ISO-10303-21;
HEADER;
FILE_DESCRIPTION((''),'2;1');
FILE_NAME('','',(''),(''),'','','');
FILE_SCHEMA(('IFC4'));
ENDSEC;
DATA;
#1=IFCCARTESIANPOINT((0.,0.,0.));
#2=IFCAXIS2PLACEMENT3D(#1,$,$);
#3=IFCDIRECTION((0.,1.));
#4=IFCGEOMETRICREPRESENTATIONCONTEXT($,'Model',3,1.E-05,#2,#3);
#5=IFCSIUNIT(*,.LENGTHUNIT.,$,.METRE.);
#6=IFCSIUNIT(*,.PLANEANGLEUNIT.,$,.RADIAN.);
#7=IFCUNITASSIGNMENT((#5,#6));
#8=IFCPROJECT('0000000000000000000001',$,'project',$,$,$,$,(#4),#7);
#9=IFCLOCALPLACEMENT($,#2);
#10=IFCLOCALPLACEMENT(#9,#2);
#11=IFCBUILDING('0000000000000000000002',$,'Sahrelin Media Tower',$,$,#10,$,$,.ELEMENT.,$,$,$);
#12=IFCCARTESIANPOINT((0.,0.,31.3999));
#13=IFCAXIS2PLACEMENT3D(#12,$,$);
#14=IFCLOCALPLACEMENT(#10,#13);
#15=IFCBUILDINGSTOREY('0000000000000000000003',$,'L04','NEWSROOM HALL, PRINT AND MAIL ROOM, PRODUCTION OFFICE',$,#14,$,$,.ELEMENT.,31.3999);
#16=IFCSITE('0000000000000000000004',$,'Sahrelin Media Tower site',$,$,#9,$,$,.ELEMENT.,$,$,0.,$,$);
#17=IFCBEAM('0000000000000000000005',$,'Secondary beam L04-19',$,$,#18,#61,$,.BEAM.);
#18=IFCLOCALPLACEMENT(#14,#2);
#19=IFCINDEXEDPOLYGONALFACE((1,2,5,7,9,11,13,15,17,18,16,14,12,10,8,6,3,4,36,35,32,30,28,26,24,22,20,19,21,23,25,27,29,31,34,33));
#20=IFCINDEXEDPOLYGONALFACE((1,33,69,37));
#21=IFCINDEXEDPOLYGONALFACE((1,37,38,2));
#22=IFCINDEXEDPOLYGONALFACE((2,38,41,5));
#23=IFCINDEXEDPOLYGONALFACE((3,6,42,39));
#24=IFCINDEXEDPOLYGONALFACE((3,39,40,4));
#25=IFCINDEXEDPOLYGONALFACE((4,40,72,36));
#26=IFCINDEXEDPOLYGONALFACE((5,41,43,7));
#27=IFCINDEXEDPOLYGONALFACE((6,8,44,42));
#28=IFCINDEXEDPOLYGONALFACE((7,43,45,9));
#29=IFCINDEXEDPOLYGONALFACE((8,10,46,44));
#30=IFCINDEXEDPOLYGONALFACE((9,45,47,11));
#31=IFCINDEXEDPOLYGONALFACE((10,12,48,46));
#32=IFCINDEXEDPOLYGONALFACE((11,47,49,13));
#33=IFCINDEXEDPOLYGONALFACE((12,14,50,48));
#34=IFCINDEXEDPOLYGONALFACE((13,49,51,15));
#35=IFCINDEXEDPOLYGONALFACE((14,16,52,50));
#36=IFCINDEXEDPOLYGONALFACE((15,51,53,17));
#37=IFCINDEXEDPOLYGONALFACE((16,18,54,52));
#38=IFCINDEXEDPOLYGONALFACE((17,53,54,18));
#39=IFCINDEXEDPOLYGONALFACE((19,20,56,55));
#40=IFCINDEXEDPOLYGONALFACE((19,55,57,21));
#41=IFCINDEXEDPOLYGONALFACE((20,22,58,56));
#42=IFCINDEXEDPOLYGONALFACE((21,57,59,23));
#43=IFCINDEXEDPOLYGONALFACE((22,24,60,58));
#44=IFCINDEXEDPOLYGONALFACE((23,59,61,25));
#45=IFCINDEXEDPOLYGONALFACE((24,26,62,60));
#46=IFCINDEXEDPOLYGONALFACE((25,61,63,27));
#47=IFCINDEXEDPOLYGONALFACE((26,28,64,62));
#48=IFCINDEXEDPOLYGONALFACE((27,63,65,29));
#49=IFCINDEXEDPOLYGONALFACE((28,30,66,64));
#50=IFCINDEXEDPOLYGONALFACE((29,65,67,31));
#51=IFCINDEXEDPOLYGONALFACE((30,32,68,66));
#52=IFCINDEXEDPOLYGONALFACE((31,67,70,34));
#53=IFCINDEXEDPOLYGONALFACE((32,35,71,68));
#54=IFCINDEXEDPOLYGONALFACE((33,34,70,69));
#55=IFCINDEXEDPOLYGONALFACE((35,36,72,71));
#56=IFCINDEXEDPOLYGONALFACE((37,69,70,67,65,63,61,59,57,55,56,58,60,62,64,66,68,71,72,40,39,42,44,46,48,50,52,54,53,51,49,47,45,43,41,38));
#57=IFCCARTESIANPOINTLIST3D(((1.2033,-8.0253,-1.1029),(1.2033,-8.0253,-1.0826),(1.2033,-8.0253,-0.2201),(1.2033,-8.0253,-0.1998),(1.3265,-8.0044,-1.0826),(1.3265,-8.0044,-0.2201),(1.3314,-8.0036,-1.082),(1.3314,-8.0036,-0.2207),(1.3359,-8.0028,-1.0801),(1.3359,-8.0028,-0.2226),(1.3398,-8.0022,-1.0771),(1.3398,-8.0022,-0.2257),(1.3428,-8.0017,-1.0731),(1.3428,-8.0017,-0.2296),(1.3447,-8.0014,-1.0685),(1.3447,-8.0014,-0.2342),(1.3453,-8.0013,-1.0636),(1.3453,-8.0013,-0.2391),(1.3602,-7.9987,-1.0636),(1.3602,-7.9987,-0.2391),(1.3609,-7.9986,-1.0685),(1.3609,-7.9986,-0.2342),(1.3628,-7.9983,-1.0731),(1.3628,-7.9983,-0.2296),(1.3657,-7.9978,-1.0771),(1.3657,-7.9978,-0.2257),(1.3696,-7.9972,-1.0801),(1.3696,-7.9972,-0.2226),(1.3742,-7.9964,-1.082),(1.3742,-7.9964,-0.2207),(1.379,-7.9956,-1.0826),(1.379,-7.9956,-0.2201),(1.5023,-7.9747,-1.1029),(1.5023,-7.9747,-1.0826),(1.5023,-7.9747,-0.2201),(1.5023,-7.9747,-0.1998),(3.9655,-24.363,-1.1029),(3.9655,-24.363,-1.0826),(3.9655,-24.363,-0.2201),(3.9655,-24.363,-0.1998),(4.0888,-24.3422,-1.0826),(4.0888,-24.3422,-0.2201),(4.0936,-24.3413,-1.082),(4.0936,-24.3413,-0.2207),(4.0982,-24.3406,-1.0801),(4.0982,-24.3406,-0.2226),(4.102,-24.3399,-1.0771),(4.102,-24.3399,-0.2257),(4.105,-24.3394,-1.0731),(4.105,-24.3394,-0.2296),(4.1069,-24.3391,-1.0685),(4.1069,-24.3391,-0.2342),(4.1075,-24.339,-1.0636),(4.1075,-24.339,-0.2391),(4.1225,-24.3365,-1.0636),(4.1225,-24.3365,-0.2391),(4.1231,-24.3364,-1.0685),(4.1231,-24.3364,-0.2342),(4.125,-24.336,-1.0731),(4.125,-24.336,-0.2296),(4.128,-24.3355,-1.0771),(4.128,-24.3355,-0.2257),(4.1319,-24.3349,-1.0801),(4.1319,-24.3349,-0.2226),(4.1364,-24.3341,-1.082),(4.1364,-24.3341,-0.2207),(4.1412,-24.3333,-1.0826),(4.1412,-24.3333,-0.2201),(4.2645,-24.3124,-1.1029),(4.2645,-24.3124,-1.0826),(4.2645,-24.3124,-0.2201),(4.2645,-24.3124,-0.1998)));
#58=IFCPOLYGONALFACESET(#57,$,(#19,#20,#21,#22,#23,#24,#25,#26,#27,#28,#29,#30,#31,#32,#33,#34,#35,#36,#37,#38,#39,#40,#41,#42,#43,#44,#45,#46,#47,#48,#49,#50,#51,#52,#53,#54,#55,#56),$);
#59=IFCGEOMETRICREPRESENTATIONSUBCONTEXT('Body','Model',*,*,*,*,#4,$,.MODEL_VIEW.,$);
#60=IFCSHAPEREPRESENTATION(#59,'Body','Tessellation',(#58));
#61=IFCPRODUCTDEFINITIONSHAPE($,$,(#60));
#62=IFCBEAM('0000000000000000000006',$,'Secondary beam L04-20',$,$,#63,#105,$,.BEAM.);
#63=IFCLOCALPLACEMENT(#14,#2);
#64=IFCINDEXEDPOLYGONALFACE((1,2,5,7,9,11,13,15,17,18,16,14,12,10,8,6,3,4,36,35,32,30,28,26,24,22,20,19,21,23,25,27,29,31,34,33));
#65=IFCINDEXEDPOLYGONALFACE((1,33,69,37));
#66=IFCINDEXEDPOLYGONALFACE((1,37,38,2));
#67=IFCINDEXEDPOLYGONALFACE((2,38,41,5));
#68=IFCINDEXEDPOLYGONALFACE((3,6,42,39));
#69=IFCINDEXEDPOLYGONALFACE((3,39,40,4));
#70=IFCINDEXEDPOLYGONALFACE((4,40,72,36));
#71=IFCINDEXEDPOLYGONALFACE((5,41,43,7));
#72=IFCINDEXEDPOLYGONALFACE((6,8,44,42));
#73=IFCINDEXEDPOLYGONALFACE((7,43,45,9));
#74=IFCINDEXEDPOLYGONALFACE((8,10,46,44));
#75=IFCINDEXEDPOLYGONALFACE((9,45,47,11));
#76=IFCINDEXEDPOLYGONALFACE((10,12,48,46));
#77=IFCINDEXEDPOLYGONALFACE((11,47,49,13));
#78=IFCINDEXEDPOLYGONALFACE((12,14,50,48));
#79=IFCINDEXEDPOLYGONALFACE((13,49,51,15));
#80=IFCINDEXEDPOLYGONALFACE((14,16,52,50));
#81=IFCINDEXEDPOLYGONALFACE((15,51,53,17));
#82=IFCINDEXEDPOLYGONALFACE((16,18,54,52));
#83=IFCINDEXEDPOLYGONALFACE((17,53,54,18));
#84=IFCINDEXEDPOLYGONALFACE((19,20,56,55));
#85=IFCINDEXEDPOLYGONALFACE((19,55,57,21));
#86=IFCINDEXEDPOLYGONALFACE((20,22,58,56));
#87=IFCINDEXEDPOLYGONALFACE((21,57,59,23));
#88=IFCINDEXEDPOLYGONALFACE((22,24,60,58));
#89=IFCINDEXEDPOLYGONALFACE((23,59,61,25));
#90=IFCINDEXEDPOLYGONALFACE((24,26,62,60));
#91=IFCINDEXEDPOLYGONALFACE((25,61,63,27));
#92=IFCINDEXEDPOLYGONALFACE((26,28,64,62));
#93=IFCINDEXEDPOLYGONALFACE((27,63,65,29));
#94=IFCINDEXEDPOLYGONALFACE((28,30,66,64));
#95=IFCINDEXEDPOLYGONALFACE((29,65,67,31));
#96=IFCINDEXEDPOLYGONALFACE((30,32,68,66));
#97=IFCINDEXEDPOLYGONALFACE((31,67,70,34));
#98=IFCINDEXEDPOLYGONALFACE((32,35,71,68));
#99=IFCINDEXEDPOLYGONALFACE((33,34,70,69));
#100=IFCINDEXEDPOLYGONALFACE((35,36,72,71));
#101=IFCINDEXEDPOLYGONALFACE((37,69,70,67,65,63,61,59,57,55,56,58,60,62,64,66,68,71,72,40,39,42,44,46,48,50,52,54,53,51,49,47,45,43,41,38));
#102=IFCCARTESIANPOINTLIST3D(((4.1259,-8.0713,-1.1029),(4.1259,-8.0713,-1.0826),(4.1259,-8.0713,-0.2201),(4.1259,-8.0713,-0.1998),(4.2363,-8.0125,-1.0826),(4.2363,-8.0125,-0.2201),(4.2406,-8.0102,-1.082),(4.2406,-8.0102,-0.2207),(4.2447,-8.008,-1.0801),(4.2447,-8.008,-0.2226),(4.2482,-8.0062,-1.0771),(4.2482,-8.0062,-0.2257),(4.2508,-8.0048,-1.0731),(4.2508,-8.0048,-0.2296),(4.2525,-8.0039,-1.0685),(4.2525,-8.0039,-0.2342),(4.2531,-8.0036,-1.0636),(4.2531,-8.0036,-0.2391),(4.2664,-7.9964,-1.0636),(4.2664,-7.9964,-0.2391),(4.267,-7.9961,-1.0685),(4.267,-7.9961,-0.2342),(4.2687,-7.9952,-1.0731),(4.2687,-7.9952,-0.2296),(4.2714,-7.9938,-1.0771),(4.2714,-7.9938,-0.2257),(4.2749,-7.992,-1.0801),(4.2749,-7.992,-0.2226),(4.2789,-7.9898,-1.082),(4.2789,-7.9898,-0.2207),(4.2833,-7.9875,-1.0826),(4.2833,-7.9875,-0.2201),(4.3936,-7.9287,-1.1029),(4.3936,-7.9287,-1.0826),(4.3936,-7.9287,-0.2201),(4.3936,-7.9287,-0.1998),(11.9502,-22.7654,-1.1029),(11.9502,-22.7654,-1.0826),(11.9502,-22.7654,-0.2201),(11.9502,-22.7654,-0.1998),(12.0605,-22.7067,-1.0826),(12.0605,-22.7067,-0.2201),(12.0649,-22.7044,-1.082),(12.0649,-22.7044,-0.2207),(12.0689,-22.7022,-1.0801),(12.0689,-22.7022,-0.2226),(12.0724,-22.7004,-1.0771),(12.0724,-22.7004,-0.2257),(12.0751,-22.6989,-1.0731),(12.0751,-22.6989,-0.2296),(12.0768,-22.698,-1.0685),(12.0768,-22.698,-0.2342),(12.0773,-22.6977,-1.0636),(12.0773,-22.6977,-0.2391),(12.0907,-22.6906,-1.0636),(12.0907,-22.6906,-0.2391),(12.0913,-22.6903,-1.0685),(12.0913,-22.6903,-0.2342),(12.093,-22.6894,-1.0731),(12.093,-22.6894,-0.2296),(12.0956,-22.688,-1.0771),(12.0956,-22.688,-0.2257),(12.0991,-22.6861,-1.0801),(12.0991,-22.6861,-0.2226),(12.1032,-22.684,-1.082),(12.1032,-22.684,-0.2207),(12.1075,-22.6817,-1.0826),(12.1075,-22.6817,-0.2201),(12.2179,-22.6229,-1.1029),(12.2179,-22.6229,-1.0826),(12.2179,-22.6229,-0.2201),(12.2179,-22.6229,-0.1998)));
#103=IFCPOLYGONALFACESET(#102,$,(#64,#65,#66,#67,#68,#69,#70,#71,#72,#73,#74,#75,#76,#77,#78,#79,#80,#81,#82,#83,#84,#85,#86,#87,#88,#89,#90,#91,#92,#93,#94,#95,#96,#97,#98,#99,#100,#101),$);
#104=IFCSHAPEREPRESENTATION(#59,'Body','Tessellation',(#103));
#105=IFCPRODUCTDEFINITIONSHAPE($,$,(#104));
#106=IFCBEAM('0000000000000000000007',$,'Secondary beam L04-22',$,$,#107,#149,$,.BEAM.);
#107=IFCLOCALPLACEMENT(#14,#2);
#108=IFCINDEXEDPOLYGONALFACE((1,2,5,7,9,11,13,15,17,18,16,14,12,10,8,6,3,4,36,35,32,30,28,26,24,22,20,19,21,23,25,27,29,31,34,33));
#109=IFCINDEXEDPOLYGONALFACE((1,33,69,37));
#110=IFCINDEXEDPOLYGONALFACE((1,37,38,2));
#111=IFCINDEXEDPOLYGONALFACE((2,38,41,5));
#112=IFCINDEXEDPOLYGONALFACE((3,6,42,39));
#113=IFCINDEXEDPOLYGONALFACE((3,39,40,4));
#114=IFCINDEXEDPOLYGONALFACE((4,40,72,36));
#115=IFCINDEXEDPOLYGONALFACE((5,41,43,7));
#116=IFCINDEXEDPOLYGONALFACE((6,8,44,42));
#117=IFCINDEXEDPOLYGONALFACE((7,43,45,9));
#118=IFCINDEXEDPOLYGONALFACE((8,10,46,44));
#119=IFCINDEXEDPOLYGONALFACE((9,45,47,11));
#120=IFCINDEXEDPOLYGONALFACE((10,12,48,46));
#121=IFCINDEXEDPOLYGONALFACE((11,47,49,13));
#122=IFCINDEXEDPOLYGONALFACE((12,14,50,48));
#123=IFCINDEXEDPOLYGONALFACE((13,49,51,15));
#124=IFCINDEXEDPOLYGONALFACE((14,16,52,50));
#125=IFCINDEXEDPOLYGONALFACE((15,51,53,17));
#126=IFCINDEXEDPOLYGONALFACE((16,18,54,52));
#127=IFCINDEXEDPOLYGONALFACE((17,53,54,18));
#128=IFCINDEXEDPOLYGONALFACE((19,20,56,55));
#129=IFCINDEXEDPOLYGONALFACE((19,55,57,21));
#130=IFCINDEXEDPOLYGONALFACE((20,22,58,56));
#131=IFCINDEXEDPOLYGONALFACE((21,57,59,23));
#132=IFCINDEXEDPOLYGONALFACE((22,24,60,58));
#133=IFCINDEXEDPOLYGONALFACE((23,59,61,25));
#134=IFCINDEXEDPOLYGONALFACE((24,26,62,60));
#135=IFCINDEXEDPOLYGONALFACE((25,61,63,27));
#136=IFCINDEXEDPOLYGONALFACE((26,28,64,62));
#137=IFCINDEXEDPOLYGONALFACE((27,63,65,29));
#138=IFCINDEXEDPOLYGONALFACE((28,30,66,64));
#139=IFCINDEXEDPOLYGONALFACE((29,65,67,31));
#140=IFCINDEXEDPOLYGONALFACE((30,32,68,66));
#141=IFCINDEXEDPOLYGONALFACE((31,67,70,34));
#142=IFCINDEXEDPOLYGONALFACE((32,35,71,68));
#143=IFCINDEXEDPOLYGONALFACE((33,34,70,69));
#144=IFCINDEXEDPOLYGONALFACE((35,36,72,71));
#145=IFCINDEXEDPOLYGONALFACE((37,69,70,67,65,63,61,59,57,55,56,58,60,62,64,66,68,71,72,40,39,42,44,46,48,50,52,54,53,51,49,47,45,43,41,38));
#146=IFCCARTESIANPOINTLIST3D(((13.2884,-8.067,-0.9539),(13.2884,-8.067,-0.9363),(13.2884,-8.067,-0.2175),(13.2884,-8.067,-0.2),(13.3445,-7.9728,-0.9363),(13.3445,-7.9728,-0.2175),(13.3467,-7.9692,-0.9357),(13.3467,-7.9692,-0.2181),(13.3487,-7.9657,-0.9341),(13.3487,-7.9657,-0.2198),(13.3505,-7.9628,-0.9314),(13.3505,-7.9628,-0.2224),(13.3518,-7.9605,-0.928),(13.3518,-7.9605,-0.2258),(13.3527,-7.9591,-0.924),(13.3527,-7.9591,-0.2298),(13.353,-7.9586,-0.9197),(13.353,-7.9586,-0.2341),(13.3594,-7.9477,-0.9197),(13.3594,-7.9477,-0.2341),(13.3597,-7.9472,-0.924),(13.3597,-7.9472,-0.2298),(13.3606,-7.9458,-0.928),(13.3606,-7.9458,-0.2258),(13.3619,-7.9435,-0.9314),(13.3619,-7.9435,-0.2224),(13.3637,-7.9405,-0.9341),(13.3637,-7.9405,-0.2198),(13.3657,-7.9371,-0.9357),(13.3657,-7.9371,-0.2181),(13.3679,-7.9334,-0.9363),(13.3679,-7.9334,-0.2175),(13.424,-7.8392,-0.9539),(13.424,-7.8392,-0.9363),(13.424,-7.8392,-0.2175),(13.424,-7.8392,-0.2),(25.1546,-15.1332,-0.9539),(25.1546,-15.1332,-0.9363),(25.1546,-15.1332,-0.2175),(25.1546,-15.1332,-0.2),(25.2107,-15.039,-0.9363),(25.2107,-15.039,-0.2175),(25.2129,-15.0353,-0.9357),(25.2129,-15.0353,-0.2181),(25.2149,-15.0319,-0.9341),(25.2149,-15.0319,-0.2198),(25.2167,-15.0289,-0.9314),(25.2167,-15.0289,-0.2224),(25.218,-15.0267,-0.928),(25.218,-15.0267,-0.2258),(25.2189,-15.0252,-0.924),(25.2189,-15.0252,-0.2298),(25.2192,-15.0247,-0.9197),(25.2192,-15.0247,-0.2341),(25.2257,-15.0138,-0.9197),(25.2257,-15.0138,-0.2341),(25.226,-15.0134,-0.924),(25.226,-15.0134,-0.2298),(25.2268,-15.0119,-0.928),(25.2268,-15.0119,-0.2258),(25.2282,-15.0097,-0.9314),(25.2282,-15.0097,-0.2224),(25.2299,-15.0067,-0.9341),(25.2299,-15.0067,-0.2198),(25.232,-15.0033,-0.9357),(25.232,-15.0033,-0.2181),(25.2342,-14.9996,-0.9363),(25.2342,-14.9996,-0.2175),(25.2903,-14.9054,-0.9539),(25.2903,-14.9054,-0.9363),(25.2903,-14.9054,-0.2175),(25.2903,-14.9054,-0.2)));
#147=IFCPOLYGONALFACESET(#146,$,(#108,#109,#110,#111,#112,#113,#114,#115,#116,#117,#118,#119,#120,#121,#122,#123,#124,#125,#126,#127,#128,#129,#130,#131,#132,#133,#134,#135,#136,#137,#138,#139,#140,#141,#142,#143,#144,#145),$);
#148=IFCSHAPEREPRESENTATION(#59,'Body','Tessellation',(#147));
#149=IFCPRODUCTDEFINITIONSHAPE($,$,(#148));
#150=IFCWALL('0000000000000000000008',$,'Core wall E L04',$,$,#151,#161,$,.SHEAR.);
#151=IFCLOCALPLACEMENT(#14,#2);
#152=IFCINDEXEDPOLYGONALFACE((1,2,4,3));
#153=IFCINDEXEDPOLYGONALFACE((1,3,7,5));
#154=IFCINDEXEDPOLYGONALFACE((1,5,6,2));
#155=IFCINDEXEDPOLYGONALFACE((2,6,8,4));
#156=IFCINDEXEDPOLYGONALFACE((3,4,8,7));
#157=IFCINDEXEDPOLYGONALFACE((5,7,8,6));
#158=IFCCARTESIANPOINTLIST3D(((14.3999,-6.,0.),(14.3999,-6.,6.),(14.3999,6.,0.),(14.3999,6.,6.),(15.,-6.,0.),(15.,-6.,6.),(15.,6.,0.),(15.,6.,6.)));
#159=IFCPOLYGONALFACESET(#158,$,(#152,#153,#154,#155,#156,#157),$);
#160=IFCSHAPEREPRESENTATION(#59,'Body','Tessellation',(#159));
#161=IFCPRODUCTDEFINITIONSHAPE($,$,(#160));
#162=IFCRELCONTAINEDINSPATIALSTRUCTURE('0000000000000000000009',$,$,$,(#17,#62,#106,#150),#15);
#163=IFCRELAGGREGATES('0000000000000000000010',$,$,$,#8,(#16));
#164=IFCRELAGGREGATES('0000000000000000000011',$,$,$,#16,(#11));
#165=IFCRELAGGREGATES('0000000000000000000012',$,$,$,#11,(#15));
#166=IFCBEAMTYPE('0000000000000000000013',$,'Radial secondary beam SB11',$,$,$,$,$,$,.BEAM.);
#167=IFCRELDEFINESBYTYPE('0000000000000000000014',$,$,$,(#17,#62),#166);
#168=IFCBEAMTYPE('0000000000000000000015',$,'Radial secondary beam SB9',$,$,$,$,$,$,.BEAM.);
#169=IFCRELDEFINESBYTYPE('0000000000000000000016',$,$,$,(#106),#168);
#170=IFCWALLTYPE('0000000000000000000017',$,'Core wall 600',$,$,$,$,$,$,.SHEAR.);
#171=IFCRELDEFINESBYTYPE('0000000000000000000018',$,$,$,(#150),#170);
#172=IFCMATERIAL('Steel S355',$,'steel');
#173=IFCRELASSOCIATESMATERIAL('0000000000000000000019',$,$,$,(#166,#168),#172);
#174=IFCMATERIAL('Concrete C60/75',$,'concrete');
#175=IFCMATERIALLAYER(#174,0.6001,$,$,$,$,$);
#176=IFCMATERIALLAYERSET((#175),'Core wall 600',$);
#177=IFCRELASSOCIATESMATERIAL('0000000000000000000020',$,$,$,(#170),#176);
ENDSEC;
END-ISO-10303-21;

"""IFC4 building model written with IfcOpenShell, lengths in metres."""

from ifc_helpers import new_model, si_unit, direction, frame, frame_2d, origin, origin_2d, place, context, subcontext, project, spatial, rectangle, i_section, extrude, material, layer, layer_set, material_profile, profile_set, type_object, element, save


model = new_model("IFC4")

# Units and contexts
model_context = context("Model", 3, precision=1e-05, world=origin(), true_north=direction((0.0, 1.0)))
body_context = subcontext(model_context, "Body", "Model", "MODEL_VIEW")
ifc_project = project(units=[si_unit("LENGTHUNIT", "METRE"), si_unit("PLANEANGLEUNIT", "RADIAN")], contexts=[model_context])

# Site, building, storey
site_placement = place(None, origin())
site = spatial("IfcSite", under=ifc_project, at=site_placement, Name="Sahrelin Media Tower site", CompositionType="ELEMENT", RefElevation=0.0)
building_placement = place(site_placement, origin())
building = spatial("IfcBuilding", under=site, at=building_placement, Name="Sahrelin Media Tower", CompositionType="ELEMENT")
storey_placement = place(building_placement, frame((0.0, 0.0, 31.3999)))
storey = spatial("IfcBuildingStorey", under=building, at=storey_placement, Name="L04", Description="NEWSROOM HALL, PRINT AND MAIL ROOM, PRODUCTION OFFICE", CompositionType="ELEMENT", Elevation=31.3999)

# Beams
ifc_material_1 = material(Name="Steel S355", Category="steel")
ifc_material_profile_1 = material_profile(ifc_material_1, i_section(OverallWidth=0.3032, OverallDepth=0.9031, WebThickness=0.0151, FlangeThickness=0.0203, FilletRadius=0.019, at=origin_2d()), Name="UB 914x305x201")
ifc_profile_set_1 = profile_set([ifc_material_profile_1], Name="Steel S355")
beam_type_1 = type_object("IfcBeamType", Name="Radial secondary beam SB11", PredefinedType="BEAM", material=ifc_profile_set_1)
beam_1_placement = place(storey_placement, frame((1.3528, -8.0, -0.6514), z_axis=(0.166704, -0.986007, 0.0), x_axis=(0.986007, 0.166704, 0.0)))
element("IfcBeam", 1, at=beam_1_placement, inside=storey, type_object=beam_type_1, Name="Secondary beam L04-19", PredefinedType="BEAM", context=body_context, shape_type="SweptSolid", body=[
    extrude(i_section(OverallWidth=0.3032, OverallDepth=0.9031, WebThickness=0.0151, FlangeThickness=0.0203, FilletRadius=0.019, at=origin_2d()), origin(), (0.0, 0.0, 1.0), 16.5696),
])
beam_2_placement = place(storey_placement, frame((4.2598, -8.0, -0.6514), z_axis=(0.469997, -0.882668, 0.0), x_axis=(0.882668, 0.469997, 0.0)))
element("IfcBeam", 2, at=beam_2_placement, inside=storey, type_object=beam_type_1, Name="Secondary beam L04-20", PredefinedType="BEAM", context=body_context, shape_type="SweptSolid", body=[
    extrude(i_section(OverallWidth=0.3032, OverallDepth=0.9031, WebThickness=0.0151, FlangeThickness=0.0203, FilletRadius=0.019, at=origin_2d()), origin(), (0.0, 0.0, 1.0), 16.6475),
])
ifc_material_profile_2 = material_profile(ifc_material_1, i_section(OverallWidth=0.2651, OverallDepth=0.7539, WebThickness=0.0127, FlangeThickness=0.0176, FilletRadius=0.0166, at=origin_2d()), Name="UB 762x267x147")
ifc_profile_set_2 = profile_set([ifc_material_profile_2], Name="Steel S355")
beam_type_2 = type_object("IfcBeamType", Name="Radial secondary beam SB9", PredefinedType="BEAM", material=ifc_profile_set_2)
beam_3_placement = place(storey_placement, frame((13.3562, -7.9531, -0.5769), z_axis=(0.859199, -0.511641, 0.0), x_axis=(0.511641, 0.859199, 0.0)))
element("IfcBeam", 3, at=beam_3_placement, inside=storey, type_object=beam_type_2, Name="Secondary beam L04-22", PredefinedType="BEAM", context=body_context, shape_type="SweptSolid", body=[
    extrude(i_section(OverallWidth=0.2651, OverallDepth=0.7539, WebThickness=0.0127, FlangeThickness=0.0176, FilletRadius=0.0166, at=origin_2d()), origin(), (0.0, 0.0, 1.0), 13.8108),
])

# Wall
ifc_material_2 = material(Name="Concrete C60/75", Category="concrete")
ifc_layer_1 = layer(ifc_material_2, 0.6001)
ifc_layer_set_1 = layer_set([ifc_layer_1], Name="Core wall 600")
wall_type_1 = type_object("IfcWallType", Name="Core wall 600", PredefinedType="SHEAR", material=ifc_layer_set_1)
wall_1_placement = place(storey_placement, frame((14.7, -6.0, 0.0), z_axis=(0.0, 0.0, 1.0), x_axis=(0.0, 1.0, 0.0)))
element("IfcWall", 4, at=wall_1_placement, inside=storey, type_object=wall_type_1, Name="Core wall E L04", PredefinedType="SHEAR", context=body_context, shape_type="SweptSolid", body=[
    extrude(rectangle(XDim=12.0, YDim=0.6001, at=frame_2d((6.0, 0.0))), origin(), (0.0, 0.0, 1.0), 6.0),
])

save(model, "model.ifc")
